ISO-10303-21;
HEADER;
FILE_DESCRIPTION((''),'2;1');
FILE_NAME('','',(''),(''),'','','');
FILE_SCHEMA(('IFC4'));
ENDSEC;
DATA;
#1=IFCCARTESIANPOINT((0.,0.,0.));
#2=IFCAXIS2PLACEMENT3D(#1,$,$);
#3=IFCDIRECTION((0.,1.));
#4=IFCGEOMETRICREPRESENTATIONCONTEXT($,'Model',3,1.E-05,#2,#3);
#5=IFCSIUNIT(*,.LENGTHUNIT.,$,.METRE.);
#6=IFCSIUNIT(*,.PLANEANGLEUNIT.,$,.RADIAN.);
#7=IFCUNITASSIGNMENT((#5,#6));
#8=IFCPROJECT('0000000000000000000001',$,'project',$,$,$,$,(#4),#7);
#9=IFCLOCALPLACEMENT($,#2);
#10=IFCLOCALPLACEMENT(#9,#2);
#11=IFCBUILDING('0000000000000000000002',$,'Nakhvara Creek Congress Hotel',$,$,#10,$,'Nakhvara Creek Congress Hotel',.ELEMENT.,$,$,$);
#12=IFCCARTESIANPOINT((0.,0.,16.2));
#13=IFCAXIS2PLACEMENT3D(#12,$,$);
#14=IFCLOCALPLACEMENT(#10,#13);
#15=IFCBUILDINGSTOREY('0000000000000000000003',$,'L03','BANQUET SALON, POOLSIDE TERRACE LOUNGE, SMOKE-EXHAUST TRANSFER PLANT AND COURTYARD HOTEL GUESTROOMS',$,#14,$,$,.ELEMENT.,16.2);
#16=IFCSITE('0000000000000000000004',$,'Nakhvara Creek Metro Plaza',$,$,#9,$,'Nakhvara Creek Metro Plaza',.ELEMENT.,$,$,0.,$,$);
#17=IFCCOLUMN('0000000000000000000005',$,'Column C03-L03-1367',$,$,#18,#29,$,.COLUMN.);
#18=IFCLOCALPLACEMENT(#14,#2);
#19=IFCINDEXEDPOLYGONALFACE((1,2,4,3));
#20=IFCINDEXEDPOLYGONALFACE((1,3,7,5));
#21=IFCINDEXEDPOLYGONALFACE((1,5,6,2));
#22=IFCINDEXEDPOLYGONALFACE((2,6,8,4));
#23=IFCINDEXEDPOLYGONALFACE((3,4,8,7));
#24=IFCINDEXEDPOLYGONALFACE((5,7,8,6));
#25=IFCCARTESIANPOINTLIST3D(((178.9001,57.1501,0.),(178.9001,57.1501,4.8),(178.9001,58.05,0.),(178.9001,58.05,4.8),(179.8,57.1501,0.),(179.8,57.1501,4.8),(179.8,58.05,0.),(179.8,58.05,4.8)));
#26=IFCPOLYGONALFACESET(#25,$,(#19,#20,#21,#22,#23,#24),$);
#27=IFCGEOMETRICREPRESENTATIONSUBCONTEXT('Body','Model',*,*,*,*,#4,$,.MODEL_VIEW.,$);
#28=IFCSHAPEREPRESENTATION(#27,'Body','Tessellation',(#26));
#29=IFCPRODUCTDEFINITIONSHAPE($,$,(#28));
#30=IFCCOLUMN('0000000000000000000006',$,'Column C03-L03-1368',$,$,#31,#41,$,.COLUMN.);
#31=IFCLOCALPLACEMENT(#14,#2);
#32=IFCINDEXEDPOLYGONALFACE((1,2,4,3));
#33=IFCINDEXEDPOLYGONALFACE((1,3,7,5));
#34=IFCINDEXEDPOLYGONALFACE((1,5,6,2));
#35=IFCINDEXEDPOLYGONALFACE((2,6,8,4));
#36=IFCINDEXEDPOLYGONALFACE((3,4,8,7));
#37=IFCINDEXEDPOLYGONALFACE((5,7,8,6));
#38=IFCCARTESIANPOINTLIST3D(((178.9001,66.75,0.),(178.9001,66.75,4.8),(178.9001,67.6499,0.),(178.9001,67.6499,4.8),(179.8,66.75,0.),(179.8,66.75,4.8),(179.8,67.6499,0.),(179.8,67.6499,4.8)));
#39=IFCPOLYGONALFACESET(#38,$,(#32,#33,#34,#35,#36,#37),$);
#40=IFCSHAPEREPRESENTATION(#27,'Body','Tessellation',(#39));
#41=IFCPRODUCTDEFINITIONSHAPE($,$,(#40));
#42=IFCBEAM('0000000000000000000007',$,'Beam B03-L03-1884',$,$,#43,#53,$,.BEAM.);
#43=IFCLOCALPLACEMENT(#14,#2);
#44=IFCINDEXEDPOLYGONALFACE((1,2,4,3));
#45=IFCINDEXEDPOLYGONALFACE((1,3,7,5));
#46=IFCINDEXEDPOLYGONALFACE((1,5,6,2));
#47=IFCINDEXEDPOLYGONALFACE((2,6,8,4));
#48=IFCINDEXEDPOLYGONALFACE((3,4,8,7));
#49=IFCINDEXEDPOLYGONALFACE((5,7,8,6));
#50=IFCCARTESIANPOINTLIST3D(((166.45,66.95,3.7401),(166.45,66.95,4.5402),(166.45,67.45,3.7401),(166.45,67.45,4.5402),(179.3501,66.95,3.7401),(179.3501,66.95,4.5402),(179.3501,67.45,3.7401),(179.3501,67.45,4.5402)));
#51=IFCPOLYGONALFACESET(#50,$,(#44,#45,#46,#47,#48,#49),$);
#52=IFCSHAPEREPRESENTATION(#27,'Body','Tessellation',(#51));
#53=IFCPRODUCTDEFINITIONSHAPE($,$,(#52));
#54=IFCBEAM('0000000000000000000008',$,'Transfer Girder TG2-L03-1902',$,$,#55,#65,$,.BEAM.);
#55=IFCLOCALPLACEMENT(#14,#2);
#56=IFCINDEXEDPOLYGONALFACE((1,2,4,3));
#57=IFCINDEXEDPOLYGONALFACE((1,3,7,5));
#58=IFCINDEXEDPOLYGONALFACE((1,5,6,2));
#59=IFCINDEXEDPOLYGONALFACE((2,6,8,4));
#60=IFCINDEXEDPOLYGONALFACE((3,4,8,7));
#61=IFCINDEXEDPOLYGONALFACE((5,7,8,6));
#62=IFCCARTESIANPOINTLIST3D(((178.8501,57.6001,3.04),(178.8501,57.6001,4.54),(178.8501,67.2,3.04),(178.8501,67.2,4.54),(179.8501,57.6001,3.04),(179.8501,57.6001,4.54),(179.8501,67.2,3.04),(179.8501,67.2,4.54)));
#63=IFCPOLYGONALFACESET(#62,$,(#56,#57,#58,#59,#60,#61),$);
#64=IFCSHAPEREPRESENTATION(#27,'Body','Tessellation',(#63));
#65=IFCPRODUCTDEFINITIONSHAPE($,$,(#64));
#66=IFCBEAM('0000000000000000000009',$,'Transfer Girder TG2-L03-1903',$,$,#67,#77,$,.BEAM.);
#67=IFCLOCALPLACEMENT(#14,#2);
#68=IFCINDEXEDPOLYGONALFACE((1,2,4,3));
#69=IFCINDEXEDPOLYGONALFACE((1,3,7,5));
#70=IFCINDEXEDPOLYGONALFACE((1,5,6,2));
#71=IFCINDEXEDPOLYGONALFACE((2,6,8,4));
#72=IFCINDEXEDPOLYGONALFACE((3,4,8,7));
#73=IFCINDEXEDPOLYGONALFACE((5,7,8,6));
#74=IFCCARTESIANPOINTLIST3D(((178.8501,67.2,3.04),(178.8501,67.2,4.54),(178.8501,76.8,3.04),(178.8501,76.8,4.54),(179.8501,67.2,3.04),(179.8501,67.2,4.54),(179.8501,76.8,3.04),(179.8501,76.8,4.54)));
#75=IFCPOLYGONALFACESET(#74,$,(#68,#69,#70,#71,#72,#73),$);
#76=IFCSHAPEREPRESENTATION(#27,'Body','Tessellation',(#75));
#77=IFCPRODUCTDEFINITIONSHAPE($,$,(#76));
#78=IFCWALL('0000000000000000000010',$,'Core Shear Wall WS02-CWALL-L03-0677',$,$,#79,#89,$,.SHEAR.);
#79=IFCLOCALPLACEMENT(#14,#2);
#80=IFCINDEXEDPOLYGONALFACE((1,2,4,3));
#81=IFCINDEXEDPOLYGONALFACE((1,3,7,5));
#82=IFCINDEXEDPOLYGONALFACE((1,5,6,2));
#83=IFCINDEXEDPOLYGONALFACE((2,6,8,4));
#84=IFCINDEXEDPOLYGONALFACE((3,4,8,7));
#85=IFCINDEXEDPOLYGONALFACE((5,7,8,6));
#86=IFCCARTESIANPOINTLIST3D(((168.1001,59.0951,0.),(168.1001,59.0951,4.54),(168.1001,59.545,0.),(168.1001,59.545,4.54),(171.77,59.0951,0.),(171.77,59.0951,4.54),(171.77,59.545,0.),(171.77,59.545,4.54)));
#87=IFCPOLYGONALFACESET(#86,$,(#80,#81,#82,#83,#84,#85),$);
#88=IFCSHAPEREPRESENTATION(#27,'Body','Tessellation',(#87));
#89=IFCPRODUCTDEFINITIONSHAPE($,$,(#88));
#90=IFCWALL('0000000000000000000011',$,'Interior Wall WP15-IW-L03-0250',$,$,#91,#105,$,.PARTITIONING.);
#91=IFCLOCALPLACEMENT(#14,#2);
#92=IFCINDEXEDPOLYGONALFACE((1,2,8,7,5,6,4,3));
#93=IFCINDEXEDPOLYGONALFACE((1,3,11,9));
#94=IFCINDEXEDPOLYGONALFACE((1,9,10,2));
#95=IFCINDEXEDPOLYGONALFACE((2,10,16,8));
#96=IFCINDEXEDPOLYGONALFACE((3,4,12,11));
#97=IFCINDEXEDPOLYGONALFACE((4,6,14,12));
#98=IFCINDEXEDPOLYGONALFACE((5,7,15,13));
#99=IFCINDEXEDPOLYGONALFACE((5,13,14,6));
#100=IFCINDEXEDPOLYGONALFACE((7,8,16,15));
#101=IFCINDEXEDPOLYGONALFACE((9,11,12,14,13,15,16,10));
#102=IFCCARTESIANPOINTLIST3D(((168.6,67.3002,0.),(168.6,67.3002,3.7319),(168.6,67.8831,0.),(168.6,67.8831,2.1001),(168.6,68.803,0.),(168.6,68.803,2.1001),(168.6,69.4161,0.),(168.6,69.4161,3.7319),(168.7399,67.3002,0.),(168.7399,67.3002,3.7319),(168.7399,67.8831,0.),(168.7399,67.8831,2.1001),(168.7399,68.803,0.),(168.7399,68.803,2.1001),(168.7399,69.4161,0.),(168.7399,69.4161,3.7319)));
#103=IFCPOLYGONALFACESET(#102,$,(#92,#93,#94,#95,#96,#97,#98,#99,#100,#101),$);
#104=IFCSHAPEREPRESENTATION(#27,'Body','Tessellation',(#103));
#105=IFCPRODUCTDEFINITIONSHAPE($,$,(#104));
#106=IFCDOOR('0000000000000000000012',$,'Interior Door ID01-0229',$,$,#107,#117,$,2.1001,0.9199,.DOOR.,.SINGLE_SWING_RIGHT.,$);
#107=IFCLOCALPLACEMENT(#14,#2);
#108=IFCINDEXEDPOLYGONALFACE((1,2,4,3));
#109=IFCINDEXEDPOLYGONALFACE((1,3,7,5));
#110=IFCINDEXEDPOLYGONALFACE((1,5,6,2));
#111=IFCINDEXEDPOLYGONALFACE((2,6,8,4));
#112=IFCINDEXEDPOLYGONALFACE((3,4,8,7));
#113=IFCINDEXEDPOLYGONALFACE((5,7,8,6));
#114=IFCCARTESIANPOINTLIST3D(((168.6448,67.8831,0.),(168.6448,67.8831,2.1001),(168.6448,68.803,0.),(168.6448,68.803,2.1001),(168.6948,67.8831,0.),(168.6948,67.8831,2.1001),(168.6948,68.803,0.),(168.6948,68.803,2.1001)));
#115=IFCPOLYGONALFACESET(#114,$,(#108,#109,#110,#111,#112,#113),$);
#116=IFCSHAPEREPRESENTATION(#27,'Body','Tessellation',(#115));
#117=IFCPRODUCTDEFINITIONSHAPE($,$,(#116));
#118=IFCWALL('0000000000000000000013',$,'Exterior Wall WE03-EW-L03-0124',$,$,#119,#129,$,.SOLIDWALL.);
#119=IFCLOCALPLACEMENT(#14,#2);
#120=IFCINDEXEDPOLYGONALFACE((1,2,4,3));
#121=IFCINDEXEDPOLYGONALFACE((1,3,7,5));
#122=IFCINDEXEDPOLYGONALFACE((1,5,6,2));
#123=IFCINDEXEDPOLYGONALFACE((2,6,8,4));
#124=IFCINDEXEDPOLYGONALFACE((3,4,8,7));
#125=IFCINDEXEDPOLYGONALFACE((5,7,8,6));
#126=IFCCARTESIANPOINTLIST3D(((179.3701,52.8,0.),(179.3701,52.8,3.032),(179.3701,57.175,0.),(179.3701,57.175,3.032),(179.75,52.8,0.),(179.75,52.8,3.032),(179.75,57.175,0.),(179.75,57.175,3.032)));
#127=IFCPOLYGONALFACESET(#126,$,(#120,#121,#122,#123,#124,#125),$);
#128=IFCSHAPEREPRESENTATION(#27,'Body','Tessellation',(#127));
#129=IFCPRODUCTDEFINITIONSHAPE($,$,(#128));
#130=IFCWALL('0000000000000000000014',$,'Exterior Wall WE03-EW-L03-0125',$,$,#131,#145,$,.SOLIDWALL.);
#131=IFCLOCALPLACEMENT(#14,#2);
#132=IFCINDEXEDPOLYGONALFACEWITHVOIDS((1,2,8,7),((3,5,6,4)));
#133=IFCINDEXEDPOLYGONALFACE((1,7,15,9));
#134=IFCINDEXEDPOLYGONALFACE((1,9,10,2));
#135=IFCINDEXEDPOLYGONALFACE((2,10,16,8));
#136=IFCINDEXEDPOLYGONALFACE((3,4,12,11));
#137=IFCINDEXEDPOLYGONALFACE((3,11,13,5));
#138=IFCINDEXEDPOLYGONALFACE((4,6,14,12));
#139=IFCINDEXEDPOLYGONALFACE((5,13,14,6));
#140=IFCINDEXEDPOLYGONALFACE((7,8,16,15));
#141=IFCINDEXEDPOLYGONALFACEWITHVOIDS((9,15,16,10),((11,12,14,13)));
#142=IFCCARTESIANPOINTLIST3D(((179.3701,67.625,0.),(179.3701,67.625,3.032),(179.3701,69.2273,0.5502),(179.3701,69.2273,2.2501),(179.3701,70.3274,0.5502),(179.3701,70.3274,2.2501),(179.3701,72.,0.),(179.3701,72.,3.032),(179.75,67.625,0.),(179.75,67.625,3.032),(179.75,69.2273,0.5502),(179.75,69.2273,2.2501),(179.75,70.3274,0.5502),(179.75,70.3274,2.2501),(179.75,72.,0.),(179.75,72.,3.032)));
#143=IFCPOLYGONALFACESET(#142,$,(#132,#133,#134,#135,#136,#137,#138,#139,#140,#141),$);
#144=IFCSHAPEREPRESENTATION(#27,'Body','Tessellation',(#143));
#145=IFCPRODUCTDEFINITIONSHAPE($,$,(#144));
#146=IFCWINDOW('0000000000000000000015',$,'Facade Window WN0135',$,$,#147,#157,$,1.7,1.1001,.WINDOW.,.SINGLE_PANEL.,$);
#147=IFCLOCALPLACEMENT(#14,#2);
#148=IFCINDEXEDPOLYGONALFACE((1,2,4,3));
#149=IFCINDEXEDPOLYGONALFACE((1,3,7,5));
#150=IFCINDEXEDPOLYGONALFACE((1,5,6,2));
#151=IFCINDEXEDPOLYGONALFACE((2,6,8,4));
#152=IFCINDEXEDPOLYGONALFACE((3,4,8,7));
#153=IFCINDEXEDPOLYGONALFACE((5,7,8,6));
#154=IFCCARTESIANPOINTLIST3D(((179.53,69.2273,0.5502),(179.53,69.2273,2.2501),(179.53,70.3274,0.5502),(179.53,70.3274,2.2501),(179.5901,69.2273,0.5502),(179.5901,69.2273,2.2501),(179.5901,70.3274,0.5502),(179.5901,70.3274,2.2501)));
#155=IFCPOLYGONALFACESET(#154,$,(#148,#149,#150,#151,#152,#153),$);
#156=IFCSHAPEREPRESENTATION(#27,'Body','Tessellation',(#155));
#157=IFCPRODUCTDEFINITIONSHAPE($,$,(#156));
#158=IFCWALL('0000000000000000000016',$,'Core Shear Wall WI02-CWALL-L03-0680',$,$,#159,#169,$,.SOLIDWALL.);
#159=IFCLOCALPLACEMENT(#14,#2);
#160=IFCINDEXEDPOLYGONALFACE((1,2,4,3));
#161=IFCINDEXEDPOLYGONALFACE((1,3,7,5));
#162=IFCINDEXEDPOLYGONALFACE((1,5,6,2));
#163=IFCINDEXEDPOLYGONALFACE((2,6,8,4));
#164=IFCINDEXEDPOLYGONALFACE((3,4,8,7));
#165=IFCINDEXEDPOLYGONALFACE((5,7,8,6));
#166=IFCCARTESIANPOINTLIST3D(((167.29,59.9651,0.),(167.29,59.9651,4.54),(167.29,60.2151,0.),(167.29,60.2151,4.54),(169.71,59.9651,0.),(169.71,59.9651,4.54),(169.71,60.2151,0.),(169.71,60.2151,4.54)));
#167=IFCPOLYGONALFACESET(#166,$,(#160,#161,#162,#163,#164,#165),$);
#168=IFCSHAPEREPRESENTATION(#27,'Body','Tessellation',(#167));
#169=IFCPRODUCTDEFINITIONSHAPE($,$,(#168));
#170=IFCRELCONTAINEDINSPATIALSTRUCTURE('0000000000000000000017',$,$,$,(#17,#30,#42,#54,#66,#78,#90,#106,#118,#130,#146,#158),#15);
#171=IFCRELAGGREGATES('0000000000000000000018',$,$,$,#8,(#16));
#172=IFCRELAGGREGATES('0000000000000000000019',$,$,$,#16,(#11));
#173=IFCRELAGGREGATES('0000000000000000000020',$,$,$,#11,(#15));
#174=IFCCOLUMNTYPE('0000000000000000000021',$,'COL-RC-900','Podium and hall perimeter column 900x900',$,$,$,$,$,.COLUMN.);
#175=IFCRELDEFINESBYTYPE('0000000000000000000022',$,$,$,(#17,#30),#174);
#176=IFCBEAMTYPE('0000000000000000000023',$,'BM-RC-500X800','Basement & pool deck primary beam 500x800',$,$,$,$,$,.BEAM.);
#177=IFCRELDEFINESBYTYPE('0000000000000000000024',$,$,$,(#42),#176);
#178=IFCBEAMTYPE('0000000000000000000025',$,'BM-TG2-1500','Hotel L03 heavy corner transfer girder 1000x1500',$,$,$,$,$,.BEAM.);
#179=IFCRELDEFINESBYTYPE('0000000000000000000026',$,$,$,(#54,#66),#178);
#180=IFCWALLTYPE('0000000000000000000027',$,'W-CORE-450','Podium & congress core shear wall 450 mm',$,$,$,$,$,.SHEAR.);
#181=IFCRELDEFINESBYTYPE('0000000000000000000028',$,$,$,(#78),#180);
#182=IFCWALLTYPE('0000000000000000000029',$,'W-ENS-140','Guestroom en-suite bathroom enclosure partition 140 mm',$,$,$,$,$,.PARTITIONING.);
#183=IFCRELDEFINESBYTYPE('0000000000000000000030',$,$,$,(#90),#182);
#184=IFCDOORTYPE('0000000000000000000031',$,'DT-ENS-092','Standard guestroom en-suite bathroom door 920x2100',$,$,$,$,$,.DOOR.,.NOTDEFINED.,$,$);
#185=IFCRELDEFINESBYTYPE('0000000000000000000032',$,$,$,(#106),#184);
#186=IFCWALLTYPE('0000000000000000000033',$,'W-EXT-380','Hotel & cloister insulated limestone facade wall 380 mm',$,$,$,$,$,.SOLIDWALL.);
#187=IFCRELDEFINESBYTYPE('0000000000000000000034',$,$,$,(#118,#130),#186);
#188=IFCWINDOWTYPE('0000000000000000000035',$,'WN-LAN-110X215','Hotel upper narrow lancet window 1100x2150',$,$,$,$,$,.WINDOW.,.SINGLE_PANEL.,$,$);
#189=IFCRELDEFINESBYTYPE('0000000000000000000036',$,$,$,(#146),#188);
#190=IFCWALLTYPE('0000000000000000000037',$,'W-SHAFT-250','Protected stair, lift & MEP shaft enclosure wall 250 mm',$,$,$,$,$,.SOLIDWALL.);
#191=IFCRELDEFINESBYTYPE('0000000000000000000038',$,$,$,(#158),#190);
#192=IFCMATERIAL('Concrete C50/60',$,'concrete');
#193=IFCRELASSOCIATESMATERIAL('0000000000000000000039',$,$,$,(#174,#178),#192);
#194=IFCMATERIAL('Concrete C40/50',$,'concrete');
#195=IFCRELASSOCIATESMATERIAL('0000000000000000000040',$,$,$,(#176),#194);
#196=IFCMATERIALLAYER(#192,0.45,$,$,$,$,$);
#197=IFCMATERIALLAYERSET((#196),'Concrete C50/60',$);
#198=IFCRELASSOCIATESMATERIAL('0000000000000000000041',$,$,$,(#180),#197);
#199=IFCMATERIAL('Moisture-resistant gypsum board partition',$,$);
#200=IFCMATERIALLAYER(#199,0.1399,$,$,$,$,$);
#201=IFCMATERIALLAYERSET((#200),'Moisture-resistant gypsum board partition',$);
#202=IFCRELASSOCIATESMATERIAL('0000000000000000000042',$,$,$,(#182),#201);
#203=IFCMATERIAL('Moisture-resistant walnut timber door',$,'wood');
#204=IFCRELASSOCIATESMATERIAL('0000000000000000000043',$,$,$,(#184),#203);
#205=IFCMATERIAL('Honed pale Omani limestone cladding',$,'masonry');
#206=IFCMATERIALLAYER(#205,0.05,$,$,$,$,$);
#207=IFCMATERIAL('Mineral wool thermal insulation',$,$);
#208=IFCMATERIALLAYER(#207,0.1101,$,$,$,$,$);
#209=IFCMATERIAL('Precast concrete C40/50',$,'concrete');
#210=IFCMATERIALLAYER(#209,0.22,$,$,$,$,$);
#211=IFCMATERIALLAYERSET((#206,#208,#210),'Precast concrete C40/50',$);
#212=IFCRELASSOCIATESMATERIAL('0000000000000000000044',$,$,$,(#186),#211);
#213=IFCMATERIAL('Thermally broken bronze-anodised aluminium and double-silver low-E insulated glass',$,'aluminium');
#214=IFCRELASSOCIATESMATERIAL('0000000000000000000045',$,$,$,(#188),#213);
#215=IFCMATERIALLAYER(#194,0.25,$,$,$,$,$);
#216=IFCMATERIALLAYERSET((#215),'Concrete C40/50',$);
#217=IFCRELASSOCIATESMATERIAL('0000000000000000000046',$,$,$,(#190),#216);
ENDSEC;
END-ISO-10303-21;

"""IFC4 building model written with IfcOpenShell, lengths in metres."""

from ifc_helpers import new_model, si_unit, direction, frame, frame_2d, origin, origin_2d, place, context, subcontext, project, spatial, rectangle, extrude, material, layer, layer_set, material_profile, profile_set, type_object, element, fill, save


model = new_model("IFC4")

# Units and contexts
model_context = context("Model", 3, precision=1e-05, world=origin(), true_north=direction((0.0, 1.0)))
body_context = subcontext(model_context, "Body", "Model", "MODEL_VIEW")
ifc_project = project(units=[si_unit("LENGTHUNIT", "METRE"), si_unit("PLANEANGLEUNIT", "RADIAN")], contexts=[model_context])

# Site, building, storey
site_placement = place(None, origin())
site = spatial("IfcSite", under=ifc_project, at=site_placement, Name="Nakhvara Creek Metro Plaza", LongName="Nakhvara Creek Metro Plaza", CompositionType="ELEMENT", RefElevation=0.0)
building_placement = place(site_placement, origin())
building = spatial("IfcBuilding", under=site, at=building_placement, Name="Nakhvara Creek Congress Hotel", LongName="Nakhvara Creek Congress Hotel", CompositionType="ELEMENT")
storey_placement = place(building_placement, frame((0.0, 0.0, 16.2)))
storey = spatial("IfcBuildingStorey", under=building, at=storey_placement, Name="L03", Description="BANQUET SALON, POOLSIDE TERRACE LOUNGE, SMOKE-EXHAUST TRANSFER PLANT AND COURTYARD HOTEL GUESTROOMS", CompositionType="ELEMENT", Elevation=16.2)

# Columns
ifc_material_1 = material(Name="Concrete C50/60", Category="concrete")
ifc_material_profile_1 = material_profile(ifc_material_1, rectangle(XDim=0.8999, YDim=0.8999, at=origin_2d()), Name="RC-COL 900x900", Category="LoadBearing")
ifc_profile_set_1 = profile_set([ifc_material_profile_1], Name="Concrete C50/60")
column_type = type_object("IfcColumnType", Name="COL-RC-900", Description="Podium and hall perimeter column 900x900", PredefinedType="COLUMN", material=ifc_profile_set_1)
for number, where, z_axis, x_axis, name in (
    (1, (179.3501, 57.6001, 0.0), (0.0, 0.0, 1.0), (1.0, 0.0, 0.0), "Column C03-L03-1367"),
    (2, (179.3501, 67.2, 0.0), (0.0, 0.0, 1.0), (1.0, 0.0, 0.0), "Column C03-L03-1368"),
):
    element("IfcColumn", number, at=place(storey_placement, frame(where, z_axis=z_axis, x_axis=x_axis)), inside=storey, type_object=column_type, Name=name, PredefinedType="COLUMN", context=body_context, shape_type="SweptSolid", body=[
        extrude(rectangle(XDim=0.8999, YDim=0.8999, at=origin_2d()), origin(), (0.0, 0.0, 1.0), 4.8),
    ])

# Beams
ifc_material_2 = material(Name="Concrete C40/50", Category="concrete")
ifc_material_profile_2 = material_profile(ifc_material_2, rectangle(XDim=0.5, YDim=0.8, at=origin_2d()), Name="RC-BM 500x800", Category="LoadBearing")
ifc_profile_set_2 = profile_set([ifc_material_profile_2], Name="Concrete C40/50")
beam_type_1 = type_object("IfcBeamType", Name="BM-RC-500X800", Description="Basement & pool deck primary beam 500x800", PredefinedType="BEAM", material=ifc_profile_set_2)
beam_1_placement = place(storey_placement, frame((166.45, 67.2, 4.1401), z_axis=(1.0, 0.0, 0.0), x_axis=(0.0, 1.0, 0.0)))
element("IfcBeam", 3, at=beam_1_placement, inside=storey, type_object=beam_type_1, Name="Beam B03-L03-1884", PredefinedType="BEAM", context=body_context, shape_type="SweptSolid", body=[
    extrude(rectangle(XDim=0.5, YDim=0.8, at=origin_2d()), origin(), (0.0, 0.0, 1.0), 12.9001),
])
ifc_material_profile_3 = material_profile(ifc_material_1, rectangle(XDim=1.0, YDim=1.5, at=origin_2d()), Name="RC-TG 1000x1500", Category="LoadBearing")
ifc_profile_set_3 = profile_set([ifc_material_profile_3], Name="Concrete C50/60")
beam_type_2 = type_object("IfcBeamType", Name="BM-TG2-1500", Description="Hotel L03 heavy corner transfer girder 1000x1500", PredefinedType="BEAM", material=ifc_profile_set_3)
beam_2_placement = place(storey_placement, frame((179.3501, 57.6001, 3.79), z_axis=(0.0, 1.0, 0.0), x_axis=(-1.0, 0.0, 0.0)))
element("IfcBeam", 4, at=beam_2_placement, inside=storey, type_object=beam_type_2, Name="Transfer Girder TG2-L03-1902", PredefinedType="BEAM", context=body_context, shape_type="SweptSolid", body=[
    extrude(rectangle(XDim=1.0, YDim=1.5, at=origin_2d()), origin(), (0.0, 0.0, 1.0), 9.5999),
])
beam_3_placement = place(storey_placement, frame((179.3501, 67.2, 3.79), z_axis=(0.0, 1.0, 0.0), x_axis=(-1.0, 0.0, 0.0)))
element("IfcBeam", 5, at=beam_3_placement, inside=storey, type_object=beam_type_2, Name="Transfer Girder TG2-L03-1903", PredefinedType="BEAM", context=body_context, shape_type="SweptSolid", body=[
    extrude(rectangle(XDim=1.0, YDim=1.5, at=origin_2d()), origin(), (0.0, 0.0, 1.0), 9.6001),
])

# Wall
ifc_layer_1 = layer(ifc_material_1, 0.45)
ifc_layer_set_1 = layer_set([ifc_layer_1], Name="Concrete C50/60")
wall_type_1 = type_object("IfcWallType", Name="W-CORE-450", Description="Podium & congress core shear wall 450 mm", PredefinedType="SHEAR", material=ifc_layer_set_1)
wall_1_placement = place(storey_placement, frame((168.1001, 59.3201, 0.0), z_axis=(0.0, 0.0, 1.0), x_axis=(1.0, 0.0, 0.0)))
element("IfcWall", 6, at=wall_1_placement, inside=storey, type_object=wall_type_1, Name="Core Shear Wall WS02-CWALL-L03-0677", PredefinedType="SHEAR", context=body_context, shape_type="SweptSolid", body=[
    extrude(rectangle(XDim=3.6699, YDim=0.45, at=frame_2d((1.835, 0.0))), origin(), (0.0, 0.0, 1.0), 4.54),
])

# Wall, opening, door
ifc_material_3 = material(Name="Moisture-resistant gypsum board partition")
ifc_layer_2 = layer(ifc_material_3, 0.1399)
ifc_layer_set_2 = layer_set([ifc_layer_2], Name="Moisture-resistant gypsum board partition")
wall_type_2 = type_object("IfcWallType", Name="W-ENS-140", Description="Guestroom en-suite bathroom enclosure partition 140 mm", PredefinedType="PARTITIONING", material=ifc_layer_set_2)
wall_2_placement = place(storey_placement, frame((168.6699, 67.3, 0.0), z_axis=(0.0, 0.0, 1.0), x_axis=(0.0, 1.0, 0.0)))
wall_2 = element("IfcWall", 7, at=wall_2_placement, inside=storey, type_object=wall_type_2, Name="Interior Wall WP15-IW-L03-0250", PredefinedType="PARTITIONING", context=body_context, shape_type="SweptSolid", body=[
    extrude(rectangle(XDim=2.116, YDim=0.1399, at=frame_2d((1.0581, 0.0))), origin(), (0.0, 0.0, 1.0), 3.7319),
])
opening_1_placement = place(wall_2_placement, frame((0.583, 0.0, 0.0)))
opening_1 = element("IfcOpeningElement", 8, at=opening_1_placement, cuts=wall_2, PredefinedType="OPENING", context=body_context, shape_type="SweptSolid", body=[
    extrude(rectangle(XDim=0.9199, YDim=2.1001, at=frame_2d((0.46, 1.05))), frame((0.0, 0.082, 0.0), z_axis=(0.0, -1.0, 0.0), x_axis=(1.0, 0.0, 0.0)), (0.0, 0.0, 1.0), 0.1638),
])
ifc_material_4 = material(Name="Moisture-resistant walnut timber door", Category="wood")
door_type_1 = type_object("IfcDoorType", Name="DT-ENS-092", Description="Standard guestroom en-suite bathroom door 920x2100", OperationType="NOTDEFINED", PredefinedType="DOOR", material=ifc_material_4)
door_1_placement = place(opening_1_placement, frame((0.9199, 0.0, 0.0), z_axis=(0.0, 0.0, 1.0), x_axis=(-1.0, 0.0, 0.0)))
door_1 = element("IfcDoor", 9, at=door_1_placement, inside=storey, type_object=door_type_1, Name="Interior Door ID01-0229", OperationType="SINGLE_SWING_RIGHT", OverallHeight=2.1001, OverallWidth=0.9199, PredefinedType="DOOR", context=body_context, shape_type="SweptSolid", body=[
    extrude(rectangle(XDim=0.9199, YDim=2.1001, at=frame_2d((0.46, 1.05))), frame((0.0, 0.0249, 0.0), z_axis=(0.0, -1.0, 0.0), x_axis=(1.0, 0.0, 0.0)), (0.0, 0.0, 1.0), 0.05),
])
fill(opening_1, door_1)

# Wall
ifc_material_5 = material(Name="Honed pale Omani limestone cladding", Category="masonry")
ifc_layer_3 = layer(ifc_material_5, 0.05)
ifc_material_6 = material(Name="Mineral wool thermal insulation")
ifc_layer_4 = layer(ifc_material_6, 0.1101)
ifc_material_7 = material(Name="Precast concrete C40/50", Category="concrete")
ifc_layer_5 = layer(ifc_material_7, 0.22)
ifc_layer_set_3 = layer_set([ifc_layer_3, ifc_layer_4, ifc_layer_5], Name="Precast concrete C40/50")
wall_type_3 = type_object("IfcWallType", Name="W-EXT-380", Description="Hotel & cloister insulated limestone facade wall 380 mm", PredefinedType="SOLIDWALL", material=ifc_layer_set_3)
wall_3_placement = place(storey_placement, frame((179.5601, 57.175, 0.0), z_axis=(0.0, 0.0, 1.0), x_axis=(0.0, -1.0, 0.0)))
element("IfcWall", 10, at=wall_3_placement, inside=storey, type_object=wall_type_3, Name="Exterior Wall WE03-EW-L03-0124", PredefinedType="SOLIDWALL", context=body_context, shape_type="SweptSolid", body=[
    extrude(rectangle(XDim=4.375, YDim=0.3799, at=frame_2d((2.1875, 0.0))), origin(), (0.0, 0.0, 1.0), 3.032),
])

# Wall, opening, window
wall_4_placement = place(storey_placement, frame((179.5601, 72.0, 0.0), z_axis=(0.0, 0.0, 1.0), x_axis=(0.0, -1.0, 0.0)))
wall_4 = element("IfcWall", 11, at=wall_4_placement, inside=storey, type_object=wall_type_3, Name="Exterior Wall WE03-EW-L03-0125", PredefinedType="SOLIDWALL", context=body_context, shape_type="SweptSolid", body=[
    extrude(rectangle(XDim=4.375, YDim=0.3799, at=frame_2d((2.1875, 0.0))), origin(), (0.0, 0.0, 1.0), 3.032),
])
opening_2_placement = place(wall_4_placement, frame((1.6726, 0.0, 0.55)))
opening_2 = element("IfcOpeningElement", 12, at=opening_2_placement, cuts=wall_4, PredefinedType="OPENING", context=body_context, shape_type="SweptSolid", body=[
    extrude(rectangle(XDim=1.1001, YDim=1.7, at=frame_2d((0.55, 0.8501))), frame((0.0, 0.2019, 0.0), z_axis=(0.0, -1.0, 0.0), x_axis=(1.0, 0.0, 0.0)), (0.0, 0.0, 1.0), 0.4038),
])
ifc_material_8 = material(Name="Thermally broken bronze-anodised aluminium and double-silver low-E insulated glass", Category="aluminium")
window_type = type_object("IfcWindowType", Name="WN-LAN-110X215", Description="Hotel upper narrow lancet window 1100x2150", PartitioningType="SINGLE_PANEL", PredefinedType="WINDOW", material=ifc_material_8)
window_placement = place(opening_2_placement, origin())
window = element("IfcWindow", 13, at=window_placement, inside=storey, type_object=window_type, Name="Facade Window WN0135", OverallHeight=1.7, OverallWidth=1.1001, PartitioningType="SINGLE_PANEL", PredefinedType="WINDOW", context=body_context, shape_type="SweptSolid", body=[
    extrude(rectangle(XDim=1.1001, YDim=1.7, at=frame_2d((0.55, 0.8501))), frame((0.0, 0.03, 0.0), z_axis=(0.0, -1.0, 0.0), x_axis=(1.0, 0.0, 0.0)), (0.0, 0.0, 1.0), 0.0601),
])
fill(opening_2, window)

# Wall
ifc_layer_6 = layer(ifc_material_2, 0.25)
ifc_layer_set_4 = layer_set([ifc_layer_6], Name="Concrete C40/50")
wall_type_4 = type_object("IfcWallType", Name="W-SHAFT-250", Description="Protected stair, lift & MEP shaft enclosure wall 250 mm", PredefinedType="SOLIDWALL", material=ifc_layer_set_4)
for number, where, z_axis, x_axis, name in (
    (14, (167.29, 60.0901, 0.0), (0.0, 0.0, 1.0), (1.0, 0.0, 0.0), "Core Shear Wall WI02-CWALL-L03-0680"),
):
    element("IfcWall", number, at=place(storey_placement, frame(where, z_axis=z_axis, x_axis=x_axis)), inside=storey, type_object=wall_type_4, Name=name, PredefinedType="SOLIDWALL", context=body_context, shape_type="SweptSolid", body=[
        extrude(rectangle(XDim=2.4199, YDim=0.25, at=frame_2d((1.21, 0.0))), origin(), (0.0, 0.0, 1.0), 4.54),
    ])

save(model, "model.ifc")
